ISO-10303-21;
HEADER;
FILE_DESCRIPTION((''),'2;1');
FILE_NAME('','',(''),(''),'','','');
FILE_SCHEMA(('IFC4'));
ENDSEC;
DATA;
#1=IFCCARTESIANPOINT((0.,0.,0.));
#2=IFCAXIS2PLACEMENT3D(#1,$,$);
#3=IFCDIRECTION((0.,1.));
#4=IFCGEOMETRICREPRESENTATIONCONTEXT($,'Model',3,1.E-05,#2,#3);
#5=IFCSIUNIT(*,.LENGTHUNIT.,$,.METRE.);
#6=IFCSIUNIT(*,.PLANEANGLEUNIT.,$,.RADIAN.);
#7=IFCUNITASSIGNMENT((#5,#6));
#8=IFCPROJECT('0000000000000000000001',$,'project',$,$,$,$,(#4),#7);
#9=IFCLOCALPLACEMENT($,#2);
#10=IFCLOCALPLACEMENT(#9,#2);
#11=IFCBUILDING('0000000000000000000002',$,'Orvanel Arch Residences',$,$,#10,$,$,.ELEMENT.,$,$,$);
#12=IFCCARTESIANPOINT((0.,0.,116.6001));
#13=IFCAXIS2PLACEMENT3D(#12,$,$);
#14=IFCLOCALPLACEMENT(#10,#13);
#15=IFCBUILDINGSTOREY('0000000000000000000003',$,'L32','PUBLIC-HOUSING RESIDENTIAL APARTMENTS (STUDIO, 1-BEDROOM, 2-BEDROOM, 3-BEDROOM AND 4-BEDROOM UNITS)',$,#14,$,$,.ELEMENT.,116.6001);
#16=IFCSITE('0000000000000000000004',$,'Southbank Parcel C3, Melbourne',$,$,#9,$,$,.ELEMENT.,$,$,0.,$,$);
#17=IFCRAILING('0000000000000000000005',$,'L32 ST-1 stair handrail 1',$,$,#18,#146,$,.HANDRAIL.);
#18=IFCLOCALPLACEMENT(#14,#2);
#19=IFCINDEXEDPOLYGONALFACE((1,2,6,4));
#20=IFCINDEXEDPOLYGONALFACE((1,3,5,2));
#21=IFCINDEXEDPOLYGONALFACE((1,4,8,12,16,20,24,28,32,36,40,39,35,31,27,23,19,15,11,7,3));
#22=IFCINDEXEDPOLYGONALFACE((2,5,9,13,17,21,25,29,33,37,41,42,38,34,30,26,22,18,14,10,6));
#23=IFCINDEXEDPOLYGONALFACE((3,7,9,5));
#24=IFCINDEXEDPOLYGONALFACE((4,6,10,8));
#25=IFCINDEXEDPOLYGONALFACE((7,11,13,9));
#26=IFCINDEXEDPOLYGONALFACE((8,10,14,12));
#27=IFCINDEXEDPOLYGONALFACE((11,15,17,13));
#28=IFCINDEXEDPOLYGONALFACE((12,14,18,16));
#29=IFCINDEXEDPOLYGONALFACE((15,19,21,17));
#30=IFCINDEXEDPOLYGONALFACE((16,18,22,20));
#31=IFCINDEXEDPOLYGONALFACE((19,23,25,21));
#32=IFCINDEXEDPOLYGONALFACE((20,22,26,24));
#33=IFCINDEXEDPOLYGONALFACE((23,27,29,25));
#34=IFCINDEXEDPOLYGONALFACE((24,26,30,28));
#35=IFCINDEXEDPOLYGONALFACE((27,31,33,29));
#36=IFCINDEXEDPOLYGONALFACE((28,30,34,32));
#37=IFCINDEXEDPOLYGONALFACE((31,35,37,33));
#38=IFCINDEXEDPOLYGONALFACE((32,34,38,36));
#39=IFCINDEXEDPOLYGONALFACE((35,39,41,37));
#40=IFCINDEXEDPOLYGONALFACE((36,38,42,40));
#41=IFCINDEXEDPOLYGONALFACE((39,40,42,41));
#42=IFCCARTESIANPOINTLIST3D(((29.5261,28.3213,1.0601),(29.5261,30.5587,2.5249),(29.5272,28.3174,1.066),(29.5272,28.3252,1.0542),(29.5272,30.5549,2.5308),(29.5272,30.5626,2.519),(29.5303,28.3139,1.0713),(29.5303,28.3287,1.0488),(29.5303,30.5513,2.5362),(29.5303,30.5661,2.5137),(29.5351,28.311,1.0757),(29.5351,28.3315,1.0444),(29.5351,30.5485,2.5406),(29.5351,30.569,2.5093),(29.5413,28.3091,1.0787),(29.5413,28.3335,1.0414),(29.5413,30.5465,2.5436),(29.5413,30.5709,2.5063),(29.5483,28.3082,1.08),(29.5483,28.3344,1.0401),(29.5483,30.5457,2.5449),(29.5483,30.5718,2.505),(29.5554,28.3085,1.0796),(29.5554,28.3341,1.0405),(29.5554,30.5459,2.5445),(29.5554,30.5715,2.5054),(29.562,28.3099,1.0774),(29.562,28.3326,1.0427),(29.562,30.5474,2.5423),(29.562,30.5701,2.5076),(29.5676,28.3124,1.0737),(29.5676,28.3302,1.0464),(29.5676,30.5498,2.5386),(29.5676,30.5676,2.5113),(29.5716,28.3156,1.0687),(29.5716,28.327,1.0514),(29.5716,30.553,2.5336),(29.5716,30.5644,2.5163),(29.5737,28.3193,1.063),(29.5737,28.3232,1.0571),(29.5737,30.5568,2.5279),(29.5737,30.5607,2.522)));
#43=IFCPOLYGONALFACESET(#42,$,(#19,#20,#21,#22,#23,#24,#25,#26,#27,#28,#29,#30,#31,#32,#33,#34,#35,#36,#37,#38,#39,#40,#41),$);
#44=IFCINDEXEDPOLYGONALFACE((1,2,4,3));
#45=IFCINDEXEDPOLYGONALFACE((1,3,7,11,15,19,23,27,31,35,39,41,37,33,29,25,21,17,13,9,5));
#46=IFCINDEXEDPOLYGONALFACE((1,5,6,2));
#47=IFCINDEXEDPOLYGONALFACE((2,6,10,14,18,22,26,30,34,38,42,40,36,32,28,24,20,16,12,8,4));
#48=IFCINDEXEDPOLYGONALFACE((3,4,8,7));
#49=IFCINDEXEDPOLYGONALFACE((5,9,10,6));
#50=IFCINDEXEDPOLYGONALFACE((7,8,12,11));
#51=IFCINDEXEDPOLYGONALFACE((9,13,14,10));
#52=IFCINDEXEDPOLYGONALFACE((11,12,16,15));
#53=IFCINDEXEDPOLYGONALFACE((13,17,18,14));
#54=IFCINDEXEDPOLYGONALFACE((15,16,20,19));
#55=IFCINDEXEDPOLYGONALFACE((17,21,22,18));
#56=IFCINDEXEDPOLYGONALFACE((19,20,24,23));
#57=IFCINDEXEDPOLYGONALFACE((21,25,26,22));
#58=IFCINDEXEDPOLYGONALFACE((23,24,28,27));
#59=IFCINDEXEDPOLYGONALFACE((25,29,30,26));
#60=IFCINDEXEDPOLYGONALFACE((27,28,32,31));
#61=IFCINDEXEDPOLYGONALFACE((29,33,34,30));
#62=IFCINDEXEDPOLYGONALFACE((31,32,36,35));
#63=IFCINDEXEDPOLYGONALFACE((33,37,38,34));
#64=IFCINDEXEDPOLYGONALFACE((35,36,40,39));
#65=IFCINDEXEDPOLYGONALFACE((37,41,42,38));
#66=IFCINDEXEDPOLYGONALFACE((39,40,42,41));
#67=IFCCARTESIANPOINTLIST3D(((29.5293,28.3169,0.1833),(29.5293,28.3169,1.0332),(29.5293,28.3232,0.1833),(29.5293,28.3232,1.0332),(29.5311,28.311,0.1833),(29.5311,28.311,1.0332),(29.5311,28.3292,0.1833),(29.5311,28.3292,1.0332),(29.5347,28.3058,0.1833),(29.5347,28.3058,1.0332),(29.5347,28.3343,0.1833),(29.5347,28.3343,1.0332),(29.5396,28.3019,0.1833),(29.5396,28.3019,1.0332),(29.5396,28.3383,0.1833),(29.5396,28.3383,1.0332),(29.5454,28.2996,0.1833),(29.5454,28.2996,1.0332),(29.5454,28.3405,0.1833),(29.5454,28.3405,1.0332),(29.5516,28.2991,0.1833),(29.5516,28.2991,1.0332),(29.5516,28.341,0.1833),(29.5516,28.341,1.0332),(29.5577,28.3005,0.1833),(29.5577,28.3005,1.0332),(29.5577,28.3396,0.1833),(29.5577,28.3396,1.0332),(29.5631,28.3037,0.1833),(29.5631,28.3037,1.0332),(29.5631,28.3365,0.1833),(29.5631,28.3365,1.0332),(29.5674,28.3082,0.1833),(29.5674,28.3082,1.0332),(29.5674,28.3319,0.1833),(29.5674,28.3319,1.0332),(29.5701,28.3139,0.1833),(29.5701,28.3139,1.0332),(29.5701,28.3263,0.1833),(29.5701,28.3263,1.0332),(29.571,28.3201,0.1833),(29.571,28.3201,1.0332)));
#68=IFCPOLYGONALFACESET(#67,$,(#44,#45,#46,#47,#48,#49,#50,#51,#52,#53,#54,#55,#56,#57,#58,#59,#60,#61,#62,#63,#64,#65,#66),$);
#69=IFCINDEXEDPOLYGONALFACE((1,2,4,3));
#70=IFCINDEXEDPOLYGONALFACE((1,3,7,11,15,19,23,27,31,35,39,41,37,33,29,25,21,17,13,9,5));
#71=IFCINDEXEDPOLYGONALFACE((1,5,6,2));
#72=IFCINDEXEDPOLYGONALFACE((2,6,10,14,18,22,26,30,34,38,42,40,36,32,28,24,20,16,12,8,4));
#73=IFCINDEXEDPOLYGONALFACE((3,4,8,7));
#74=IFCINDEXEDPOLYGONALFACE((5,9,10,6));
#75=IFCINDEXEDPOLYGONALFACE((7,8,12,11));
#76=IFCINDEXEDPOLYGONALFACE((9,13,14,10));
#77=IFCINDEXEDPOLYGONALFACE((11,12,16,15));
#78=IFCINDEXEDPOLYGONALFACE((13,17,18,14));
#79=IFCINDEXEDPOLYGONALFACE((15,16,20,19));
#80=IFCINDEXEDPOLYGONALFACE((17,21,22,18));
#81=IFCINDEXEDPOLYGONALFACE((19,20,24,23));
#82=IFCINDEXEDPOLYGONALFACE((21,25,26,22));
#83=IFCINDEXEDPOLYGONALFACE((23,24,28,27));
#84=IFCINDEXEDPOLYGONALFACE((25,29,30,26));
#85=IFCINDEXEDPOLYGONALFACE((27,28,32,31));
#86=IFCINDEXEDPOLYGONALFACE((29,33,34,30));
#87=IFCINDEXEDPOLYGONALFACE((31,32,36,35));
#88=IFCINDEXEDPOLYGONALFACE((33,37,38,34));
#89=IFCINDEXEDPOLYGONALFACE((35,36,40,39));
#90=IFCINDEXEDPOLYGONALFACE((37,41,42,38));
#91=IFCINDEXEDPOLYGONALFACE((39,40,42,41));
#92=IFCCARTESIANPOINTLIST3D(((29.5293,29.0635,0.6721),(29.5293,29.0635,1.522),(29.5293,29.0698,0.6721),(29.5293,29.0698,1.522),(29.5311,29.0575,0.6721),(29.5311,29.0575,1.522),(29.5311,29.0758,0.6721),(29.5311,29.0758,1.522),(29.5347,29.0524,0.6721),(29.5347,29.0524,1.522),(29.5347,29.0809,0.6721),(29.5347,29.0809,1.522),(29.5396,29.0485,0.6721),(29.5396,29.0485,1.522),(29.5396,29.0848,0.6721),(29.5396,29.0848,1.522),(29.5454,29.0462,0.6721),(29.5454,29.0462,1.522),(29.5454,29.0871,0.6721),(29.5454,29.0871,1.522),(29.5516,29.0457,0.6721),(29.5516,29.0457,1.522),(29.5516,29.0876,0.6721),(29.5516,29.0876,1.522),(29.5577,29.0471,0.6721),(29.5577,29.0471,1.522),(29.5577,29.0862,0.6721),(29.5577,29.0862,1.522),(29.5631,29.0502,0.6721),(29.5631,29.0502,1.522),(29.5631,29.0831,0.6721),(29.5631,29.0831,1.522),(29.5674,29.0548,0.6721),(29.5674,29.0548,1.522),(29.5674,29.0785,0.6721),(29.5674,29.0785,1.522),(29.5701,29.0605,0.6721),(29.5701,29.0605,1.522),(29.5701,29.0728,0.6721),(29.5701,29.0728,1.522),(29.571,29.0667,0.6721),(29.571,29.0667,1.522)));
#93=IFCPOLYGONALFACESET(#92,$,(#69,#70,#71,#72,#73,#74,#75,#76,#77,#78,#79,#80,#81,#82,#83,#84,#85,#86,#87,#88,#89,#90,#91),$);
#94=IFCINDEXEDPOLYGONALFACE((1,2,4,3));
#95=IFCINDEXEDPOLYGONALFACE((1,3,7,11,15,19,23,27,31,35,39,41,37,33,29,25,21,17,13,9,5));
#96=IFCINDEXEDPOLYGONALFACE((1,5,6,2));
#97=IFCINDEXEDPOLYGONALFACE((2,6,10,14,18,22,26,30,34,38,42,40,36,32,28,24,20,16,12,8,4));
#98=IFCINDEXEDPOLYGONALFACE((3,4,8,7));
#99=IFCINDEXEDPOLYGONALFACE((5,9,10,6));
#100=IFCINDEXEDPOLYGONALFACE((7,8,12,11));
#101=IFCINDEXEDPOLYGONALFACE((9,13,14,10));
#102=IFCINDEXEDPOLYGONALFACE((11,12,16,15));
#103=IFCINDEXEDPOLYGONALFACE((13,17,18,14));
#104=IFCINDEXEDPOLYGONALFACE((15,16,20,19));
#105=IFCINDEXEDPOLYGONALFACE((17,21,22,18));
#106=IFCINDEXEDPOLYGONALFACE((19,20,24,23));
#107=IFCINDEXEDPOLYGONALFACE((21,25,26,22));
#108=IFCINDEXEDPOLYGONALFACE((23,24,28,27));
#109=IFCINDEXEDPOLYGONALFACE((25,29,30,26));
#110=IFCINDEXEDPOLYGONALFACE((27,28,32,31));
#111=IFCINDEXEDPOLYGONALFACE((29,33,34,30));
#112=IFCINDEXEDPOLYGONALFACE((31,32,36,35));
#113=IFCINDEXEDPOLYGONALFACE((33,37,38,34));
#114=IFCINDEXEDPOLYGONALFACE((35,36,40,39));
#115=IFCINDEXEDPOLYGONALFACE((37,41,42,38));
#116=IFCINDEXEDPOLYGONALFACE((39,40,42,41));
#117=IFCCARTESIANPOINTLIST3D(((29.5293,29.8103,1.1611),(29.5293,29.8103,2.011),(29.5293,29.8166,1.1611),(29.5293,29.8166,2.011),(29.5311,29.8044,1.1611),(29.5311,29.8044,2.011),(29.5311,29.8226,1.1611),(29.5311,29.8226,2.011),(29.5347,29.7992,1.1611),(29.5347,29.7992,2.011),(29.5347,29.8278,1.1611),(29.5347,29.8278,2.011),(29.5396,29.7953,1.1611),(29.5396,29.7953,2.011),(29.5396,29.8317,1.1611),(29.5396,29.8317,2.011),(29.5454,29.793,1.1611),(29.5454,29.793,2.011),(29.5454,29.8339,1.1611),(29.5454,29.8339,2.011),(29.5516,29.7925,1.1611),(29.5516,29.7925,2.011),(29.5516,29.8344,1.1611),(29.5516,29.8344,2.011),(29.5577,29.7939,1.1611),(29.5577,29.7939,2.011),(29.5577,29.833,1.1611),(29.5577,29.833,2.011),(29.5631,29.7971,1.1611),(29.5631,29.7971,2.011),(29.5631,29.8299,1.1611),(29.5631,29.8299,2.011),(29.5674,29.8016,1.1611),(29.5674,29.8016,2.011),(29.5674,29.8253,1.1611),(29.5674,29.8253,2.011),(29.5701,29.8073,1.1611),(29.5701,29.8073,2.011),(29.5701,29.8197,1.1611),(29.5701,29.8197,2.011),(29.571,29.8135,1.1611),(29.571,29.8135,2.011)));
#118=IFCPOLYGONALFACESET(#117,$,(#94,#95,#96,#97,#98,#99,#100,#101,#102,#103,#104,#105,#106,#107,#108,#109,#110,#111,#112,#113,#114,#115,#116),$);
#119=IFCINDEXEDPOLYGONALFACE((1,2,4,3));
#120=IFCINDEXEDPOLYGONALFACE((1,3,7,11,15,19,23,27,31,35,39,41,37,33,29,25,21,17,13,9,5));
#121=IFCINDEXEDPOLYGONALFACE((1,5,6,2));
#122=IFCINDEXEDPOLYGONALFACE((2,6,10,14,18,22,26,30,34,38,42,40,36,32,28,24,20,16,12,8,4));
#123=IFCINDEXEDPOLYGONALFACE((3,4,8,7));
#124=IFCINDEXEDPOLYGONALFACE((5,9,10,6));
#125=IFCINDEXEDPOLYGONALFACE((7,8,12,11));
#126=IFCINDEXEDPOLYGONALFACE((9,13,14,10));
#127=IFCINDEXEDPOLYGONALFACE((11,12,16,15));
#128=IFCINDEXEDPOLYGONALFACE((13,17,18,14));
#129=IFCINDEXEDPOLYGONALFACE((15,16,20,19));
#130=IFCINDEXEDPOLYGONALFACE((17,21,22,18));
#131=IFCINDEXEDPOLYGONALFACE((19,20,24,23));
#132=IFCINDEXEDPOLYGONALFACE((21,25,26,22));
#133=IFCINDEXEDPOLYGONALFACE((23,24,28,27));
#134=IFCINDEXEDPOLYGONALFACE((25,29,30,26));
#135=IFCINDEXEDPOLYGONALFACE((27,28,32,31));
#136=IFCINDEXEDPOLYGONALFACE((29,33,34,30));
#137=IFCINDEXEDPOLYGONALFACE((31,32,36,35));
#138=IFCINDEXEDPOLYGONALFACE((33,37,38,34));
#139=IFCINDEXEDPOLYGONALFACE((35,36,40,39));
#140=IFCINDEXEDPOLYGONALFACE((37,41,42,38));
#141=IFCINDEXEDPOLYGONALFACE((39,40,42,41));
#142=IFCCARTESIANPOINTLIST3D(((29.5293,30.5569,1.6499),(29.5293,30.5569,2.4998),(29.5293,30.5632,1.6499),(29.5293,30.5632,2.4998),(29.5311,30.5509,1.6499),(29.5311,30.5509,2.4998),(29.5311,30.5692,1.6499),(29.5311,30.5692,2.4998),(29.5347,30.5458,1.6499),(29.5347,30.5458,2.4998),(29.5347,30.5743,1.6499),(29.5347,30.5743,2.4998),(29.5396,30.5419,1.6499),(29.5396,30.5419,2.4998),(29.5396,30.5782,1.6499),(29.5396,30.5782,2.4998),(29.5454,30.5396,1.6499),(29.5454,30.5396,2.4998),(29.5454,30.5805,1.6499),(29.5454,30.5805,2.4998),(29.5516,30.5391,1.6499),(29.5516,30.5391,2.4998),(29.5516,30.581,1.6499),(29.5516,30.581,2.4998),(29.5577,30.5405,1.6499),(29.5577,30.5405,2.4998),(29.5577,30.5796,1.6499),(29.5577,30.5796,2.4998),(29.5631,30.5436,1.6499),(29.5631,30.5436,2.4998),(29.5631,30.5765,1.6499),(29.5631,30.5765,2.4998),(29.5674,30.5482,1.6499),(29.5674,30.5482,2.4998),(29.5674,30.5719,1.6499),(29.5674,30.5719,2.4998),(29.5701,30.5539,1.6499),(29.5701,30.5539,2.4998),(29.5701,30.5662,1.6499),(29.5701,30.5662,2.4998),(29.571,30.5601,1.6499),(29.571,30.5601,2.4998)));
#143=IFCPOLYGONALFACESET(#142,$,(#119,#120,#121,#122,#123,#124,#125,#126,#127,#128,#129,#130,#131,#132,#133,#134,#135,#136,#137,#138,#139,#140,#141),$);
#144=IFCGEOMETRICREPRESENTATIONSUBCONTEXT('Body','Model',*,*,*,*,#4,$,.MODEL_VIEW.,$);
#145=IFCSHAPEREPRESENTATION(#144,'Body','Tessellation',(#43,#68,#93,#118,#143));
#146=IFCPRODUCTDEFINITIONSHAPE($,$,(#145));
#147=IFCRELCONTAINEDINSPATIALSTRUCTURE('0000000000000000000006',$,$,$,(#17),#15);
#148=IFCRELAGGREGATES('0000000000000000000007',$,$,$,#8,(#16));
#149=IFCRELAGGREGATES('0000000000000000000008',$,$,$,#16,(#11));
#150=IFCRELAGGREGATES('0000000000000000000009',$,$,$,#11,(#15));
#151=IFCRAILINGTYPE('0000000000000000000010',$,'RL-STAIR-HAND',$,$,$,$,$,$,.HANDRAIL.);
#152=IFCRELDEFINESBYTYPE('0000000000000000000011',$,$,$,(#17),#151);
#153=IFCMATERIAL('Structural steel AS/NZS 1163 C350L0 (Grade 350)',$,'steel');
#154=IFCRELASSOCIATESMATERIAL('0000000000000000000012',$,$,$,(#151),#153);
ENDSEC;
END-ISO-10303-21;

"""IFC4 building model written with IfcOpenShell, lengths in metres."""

from ifc_helpers import new_model, si_unit, direction, frame, origin, origin_2d, place, context, subcontext, project, spatial, circle, extrude, material, type_object, element, save


model = new_model("IFC4")

# Units and contexts
model_context = context("Model", 3, precision=1e-05, world=origin(), true_north=direction((0.0, 1.0)))
body_context = subcontext(model_context, "Body", "Model", "MODEL_VIEW")
ifc_project = project(units=[si_unit("LENGTHUNIT", "METRE"), si_unit("PLANEANGLEUNIT", "RADIAN")], contexts=[model_context])

# Site, building, storey
site_placement = place(None, origin())
site = spatial("IfcSite", under=ifc_project, at=site_placement, Name="Southbank Parcel C3, Melbourne", CompositionType="ELEMENT", RefElevation=0.0)
building_placement = place(site_placement, origin())
building = spatial("IfcBuilding", under=site, at=building_placement, Name="Orvanel Arch Residences", CompositionType="ELEMENT")
storey_placement = place(building_placement, frame((0.0, 0.0, 116.6001)))
storey = spatial("IfcBuildingStorey", under=building, at=storey_placement, Name="L32", Description="PUBLIC-HOUSING RESIDENTIAL APARTMENTS (STUDIO, 1-BEDROOM, 2-BEDROOM, 3-BEDROOM AND 4-BEDROOM UNITS)", CompositionType="ELEMENT", Elevation=116.6001)

# Railing
ifc_material_1 = material(Name="Structural steel AS/NZS 1163 C350L0 (Grade 350)", Category="steel")
railing_type_1 = type_object("IfcRailingType", Name="RL-STAIR-HAND", PredefinedType="HANDRAIL", material=ifc_material_1)
railing_1_placement = place(storey_placement, frame((29.55, 28.3201, 0.1833)))
element("IfcRailing", 1, at=railing_1_placement, inside=storey, type_object=railing_type_1, Name="L32 ST-1 stair handrail 1", PredefinedType="HANDRAIL", context=body_context, shape_type="SweptSolid", body=[
    extrude(circle(Radius=0.0239, at=origin_2d()), frame((0.0, 0.0012, 0.8767), z_axis=(0.0, 0.836637, 0.547758), x_axis=(-1.0, 0.0, 0.0)), (0.0, 0.0, 1.0), 2.6743),
    extrude(circle(Radius=0.021, at=origin_2d()), origin(), (0.0, 0.0, 1.0), 0.8499),
    extrude(circle(Radius=0.021, at=origin_2d()), frame((0.0, 0.7466, 0.4888)), (0.0, 0.0, 1.0), 0.8499),
    extrude(circle(Radius=0.021, at=origin_2d()), frame((0.0, 1.4934, 0.9778)), (0.0, 0.0, 1.0), 0.8499),
    extrude(circle(Radius=0.021, at=origin_2d()), frame((0.0, 2.24, 1.4666)), (0.0, 0.0, 1.0), 0.8499),
])

save(model, "model.ifc")
